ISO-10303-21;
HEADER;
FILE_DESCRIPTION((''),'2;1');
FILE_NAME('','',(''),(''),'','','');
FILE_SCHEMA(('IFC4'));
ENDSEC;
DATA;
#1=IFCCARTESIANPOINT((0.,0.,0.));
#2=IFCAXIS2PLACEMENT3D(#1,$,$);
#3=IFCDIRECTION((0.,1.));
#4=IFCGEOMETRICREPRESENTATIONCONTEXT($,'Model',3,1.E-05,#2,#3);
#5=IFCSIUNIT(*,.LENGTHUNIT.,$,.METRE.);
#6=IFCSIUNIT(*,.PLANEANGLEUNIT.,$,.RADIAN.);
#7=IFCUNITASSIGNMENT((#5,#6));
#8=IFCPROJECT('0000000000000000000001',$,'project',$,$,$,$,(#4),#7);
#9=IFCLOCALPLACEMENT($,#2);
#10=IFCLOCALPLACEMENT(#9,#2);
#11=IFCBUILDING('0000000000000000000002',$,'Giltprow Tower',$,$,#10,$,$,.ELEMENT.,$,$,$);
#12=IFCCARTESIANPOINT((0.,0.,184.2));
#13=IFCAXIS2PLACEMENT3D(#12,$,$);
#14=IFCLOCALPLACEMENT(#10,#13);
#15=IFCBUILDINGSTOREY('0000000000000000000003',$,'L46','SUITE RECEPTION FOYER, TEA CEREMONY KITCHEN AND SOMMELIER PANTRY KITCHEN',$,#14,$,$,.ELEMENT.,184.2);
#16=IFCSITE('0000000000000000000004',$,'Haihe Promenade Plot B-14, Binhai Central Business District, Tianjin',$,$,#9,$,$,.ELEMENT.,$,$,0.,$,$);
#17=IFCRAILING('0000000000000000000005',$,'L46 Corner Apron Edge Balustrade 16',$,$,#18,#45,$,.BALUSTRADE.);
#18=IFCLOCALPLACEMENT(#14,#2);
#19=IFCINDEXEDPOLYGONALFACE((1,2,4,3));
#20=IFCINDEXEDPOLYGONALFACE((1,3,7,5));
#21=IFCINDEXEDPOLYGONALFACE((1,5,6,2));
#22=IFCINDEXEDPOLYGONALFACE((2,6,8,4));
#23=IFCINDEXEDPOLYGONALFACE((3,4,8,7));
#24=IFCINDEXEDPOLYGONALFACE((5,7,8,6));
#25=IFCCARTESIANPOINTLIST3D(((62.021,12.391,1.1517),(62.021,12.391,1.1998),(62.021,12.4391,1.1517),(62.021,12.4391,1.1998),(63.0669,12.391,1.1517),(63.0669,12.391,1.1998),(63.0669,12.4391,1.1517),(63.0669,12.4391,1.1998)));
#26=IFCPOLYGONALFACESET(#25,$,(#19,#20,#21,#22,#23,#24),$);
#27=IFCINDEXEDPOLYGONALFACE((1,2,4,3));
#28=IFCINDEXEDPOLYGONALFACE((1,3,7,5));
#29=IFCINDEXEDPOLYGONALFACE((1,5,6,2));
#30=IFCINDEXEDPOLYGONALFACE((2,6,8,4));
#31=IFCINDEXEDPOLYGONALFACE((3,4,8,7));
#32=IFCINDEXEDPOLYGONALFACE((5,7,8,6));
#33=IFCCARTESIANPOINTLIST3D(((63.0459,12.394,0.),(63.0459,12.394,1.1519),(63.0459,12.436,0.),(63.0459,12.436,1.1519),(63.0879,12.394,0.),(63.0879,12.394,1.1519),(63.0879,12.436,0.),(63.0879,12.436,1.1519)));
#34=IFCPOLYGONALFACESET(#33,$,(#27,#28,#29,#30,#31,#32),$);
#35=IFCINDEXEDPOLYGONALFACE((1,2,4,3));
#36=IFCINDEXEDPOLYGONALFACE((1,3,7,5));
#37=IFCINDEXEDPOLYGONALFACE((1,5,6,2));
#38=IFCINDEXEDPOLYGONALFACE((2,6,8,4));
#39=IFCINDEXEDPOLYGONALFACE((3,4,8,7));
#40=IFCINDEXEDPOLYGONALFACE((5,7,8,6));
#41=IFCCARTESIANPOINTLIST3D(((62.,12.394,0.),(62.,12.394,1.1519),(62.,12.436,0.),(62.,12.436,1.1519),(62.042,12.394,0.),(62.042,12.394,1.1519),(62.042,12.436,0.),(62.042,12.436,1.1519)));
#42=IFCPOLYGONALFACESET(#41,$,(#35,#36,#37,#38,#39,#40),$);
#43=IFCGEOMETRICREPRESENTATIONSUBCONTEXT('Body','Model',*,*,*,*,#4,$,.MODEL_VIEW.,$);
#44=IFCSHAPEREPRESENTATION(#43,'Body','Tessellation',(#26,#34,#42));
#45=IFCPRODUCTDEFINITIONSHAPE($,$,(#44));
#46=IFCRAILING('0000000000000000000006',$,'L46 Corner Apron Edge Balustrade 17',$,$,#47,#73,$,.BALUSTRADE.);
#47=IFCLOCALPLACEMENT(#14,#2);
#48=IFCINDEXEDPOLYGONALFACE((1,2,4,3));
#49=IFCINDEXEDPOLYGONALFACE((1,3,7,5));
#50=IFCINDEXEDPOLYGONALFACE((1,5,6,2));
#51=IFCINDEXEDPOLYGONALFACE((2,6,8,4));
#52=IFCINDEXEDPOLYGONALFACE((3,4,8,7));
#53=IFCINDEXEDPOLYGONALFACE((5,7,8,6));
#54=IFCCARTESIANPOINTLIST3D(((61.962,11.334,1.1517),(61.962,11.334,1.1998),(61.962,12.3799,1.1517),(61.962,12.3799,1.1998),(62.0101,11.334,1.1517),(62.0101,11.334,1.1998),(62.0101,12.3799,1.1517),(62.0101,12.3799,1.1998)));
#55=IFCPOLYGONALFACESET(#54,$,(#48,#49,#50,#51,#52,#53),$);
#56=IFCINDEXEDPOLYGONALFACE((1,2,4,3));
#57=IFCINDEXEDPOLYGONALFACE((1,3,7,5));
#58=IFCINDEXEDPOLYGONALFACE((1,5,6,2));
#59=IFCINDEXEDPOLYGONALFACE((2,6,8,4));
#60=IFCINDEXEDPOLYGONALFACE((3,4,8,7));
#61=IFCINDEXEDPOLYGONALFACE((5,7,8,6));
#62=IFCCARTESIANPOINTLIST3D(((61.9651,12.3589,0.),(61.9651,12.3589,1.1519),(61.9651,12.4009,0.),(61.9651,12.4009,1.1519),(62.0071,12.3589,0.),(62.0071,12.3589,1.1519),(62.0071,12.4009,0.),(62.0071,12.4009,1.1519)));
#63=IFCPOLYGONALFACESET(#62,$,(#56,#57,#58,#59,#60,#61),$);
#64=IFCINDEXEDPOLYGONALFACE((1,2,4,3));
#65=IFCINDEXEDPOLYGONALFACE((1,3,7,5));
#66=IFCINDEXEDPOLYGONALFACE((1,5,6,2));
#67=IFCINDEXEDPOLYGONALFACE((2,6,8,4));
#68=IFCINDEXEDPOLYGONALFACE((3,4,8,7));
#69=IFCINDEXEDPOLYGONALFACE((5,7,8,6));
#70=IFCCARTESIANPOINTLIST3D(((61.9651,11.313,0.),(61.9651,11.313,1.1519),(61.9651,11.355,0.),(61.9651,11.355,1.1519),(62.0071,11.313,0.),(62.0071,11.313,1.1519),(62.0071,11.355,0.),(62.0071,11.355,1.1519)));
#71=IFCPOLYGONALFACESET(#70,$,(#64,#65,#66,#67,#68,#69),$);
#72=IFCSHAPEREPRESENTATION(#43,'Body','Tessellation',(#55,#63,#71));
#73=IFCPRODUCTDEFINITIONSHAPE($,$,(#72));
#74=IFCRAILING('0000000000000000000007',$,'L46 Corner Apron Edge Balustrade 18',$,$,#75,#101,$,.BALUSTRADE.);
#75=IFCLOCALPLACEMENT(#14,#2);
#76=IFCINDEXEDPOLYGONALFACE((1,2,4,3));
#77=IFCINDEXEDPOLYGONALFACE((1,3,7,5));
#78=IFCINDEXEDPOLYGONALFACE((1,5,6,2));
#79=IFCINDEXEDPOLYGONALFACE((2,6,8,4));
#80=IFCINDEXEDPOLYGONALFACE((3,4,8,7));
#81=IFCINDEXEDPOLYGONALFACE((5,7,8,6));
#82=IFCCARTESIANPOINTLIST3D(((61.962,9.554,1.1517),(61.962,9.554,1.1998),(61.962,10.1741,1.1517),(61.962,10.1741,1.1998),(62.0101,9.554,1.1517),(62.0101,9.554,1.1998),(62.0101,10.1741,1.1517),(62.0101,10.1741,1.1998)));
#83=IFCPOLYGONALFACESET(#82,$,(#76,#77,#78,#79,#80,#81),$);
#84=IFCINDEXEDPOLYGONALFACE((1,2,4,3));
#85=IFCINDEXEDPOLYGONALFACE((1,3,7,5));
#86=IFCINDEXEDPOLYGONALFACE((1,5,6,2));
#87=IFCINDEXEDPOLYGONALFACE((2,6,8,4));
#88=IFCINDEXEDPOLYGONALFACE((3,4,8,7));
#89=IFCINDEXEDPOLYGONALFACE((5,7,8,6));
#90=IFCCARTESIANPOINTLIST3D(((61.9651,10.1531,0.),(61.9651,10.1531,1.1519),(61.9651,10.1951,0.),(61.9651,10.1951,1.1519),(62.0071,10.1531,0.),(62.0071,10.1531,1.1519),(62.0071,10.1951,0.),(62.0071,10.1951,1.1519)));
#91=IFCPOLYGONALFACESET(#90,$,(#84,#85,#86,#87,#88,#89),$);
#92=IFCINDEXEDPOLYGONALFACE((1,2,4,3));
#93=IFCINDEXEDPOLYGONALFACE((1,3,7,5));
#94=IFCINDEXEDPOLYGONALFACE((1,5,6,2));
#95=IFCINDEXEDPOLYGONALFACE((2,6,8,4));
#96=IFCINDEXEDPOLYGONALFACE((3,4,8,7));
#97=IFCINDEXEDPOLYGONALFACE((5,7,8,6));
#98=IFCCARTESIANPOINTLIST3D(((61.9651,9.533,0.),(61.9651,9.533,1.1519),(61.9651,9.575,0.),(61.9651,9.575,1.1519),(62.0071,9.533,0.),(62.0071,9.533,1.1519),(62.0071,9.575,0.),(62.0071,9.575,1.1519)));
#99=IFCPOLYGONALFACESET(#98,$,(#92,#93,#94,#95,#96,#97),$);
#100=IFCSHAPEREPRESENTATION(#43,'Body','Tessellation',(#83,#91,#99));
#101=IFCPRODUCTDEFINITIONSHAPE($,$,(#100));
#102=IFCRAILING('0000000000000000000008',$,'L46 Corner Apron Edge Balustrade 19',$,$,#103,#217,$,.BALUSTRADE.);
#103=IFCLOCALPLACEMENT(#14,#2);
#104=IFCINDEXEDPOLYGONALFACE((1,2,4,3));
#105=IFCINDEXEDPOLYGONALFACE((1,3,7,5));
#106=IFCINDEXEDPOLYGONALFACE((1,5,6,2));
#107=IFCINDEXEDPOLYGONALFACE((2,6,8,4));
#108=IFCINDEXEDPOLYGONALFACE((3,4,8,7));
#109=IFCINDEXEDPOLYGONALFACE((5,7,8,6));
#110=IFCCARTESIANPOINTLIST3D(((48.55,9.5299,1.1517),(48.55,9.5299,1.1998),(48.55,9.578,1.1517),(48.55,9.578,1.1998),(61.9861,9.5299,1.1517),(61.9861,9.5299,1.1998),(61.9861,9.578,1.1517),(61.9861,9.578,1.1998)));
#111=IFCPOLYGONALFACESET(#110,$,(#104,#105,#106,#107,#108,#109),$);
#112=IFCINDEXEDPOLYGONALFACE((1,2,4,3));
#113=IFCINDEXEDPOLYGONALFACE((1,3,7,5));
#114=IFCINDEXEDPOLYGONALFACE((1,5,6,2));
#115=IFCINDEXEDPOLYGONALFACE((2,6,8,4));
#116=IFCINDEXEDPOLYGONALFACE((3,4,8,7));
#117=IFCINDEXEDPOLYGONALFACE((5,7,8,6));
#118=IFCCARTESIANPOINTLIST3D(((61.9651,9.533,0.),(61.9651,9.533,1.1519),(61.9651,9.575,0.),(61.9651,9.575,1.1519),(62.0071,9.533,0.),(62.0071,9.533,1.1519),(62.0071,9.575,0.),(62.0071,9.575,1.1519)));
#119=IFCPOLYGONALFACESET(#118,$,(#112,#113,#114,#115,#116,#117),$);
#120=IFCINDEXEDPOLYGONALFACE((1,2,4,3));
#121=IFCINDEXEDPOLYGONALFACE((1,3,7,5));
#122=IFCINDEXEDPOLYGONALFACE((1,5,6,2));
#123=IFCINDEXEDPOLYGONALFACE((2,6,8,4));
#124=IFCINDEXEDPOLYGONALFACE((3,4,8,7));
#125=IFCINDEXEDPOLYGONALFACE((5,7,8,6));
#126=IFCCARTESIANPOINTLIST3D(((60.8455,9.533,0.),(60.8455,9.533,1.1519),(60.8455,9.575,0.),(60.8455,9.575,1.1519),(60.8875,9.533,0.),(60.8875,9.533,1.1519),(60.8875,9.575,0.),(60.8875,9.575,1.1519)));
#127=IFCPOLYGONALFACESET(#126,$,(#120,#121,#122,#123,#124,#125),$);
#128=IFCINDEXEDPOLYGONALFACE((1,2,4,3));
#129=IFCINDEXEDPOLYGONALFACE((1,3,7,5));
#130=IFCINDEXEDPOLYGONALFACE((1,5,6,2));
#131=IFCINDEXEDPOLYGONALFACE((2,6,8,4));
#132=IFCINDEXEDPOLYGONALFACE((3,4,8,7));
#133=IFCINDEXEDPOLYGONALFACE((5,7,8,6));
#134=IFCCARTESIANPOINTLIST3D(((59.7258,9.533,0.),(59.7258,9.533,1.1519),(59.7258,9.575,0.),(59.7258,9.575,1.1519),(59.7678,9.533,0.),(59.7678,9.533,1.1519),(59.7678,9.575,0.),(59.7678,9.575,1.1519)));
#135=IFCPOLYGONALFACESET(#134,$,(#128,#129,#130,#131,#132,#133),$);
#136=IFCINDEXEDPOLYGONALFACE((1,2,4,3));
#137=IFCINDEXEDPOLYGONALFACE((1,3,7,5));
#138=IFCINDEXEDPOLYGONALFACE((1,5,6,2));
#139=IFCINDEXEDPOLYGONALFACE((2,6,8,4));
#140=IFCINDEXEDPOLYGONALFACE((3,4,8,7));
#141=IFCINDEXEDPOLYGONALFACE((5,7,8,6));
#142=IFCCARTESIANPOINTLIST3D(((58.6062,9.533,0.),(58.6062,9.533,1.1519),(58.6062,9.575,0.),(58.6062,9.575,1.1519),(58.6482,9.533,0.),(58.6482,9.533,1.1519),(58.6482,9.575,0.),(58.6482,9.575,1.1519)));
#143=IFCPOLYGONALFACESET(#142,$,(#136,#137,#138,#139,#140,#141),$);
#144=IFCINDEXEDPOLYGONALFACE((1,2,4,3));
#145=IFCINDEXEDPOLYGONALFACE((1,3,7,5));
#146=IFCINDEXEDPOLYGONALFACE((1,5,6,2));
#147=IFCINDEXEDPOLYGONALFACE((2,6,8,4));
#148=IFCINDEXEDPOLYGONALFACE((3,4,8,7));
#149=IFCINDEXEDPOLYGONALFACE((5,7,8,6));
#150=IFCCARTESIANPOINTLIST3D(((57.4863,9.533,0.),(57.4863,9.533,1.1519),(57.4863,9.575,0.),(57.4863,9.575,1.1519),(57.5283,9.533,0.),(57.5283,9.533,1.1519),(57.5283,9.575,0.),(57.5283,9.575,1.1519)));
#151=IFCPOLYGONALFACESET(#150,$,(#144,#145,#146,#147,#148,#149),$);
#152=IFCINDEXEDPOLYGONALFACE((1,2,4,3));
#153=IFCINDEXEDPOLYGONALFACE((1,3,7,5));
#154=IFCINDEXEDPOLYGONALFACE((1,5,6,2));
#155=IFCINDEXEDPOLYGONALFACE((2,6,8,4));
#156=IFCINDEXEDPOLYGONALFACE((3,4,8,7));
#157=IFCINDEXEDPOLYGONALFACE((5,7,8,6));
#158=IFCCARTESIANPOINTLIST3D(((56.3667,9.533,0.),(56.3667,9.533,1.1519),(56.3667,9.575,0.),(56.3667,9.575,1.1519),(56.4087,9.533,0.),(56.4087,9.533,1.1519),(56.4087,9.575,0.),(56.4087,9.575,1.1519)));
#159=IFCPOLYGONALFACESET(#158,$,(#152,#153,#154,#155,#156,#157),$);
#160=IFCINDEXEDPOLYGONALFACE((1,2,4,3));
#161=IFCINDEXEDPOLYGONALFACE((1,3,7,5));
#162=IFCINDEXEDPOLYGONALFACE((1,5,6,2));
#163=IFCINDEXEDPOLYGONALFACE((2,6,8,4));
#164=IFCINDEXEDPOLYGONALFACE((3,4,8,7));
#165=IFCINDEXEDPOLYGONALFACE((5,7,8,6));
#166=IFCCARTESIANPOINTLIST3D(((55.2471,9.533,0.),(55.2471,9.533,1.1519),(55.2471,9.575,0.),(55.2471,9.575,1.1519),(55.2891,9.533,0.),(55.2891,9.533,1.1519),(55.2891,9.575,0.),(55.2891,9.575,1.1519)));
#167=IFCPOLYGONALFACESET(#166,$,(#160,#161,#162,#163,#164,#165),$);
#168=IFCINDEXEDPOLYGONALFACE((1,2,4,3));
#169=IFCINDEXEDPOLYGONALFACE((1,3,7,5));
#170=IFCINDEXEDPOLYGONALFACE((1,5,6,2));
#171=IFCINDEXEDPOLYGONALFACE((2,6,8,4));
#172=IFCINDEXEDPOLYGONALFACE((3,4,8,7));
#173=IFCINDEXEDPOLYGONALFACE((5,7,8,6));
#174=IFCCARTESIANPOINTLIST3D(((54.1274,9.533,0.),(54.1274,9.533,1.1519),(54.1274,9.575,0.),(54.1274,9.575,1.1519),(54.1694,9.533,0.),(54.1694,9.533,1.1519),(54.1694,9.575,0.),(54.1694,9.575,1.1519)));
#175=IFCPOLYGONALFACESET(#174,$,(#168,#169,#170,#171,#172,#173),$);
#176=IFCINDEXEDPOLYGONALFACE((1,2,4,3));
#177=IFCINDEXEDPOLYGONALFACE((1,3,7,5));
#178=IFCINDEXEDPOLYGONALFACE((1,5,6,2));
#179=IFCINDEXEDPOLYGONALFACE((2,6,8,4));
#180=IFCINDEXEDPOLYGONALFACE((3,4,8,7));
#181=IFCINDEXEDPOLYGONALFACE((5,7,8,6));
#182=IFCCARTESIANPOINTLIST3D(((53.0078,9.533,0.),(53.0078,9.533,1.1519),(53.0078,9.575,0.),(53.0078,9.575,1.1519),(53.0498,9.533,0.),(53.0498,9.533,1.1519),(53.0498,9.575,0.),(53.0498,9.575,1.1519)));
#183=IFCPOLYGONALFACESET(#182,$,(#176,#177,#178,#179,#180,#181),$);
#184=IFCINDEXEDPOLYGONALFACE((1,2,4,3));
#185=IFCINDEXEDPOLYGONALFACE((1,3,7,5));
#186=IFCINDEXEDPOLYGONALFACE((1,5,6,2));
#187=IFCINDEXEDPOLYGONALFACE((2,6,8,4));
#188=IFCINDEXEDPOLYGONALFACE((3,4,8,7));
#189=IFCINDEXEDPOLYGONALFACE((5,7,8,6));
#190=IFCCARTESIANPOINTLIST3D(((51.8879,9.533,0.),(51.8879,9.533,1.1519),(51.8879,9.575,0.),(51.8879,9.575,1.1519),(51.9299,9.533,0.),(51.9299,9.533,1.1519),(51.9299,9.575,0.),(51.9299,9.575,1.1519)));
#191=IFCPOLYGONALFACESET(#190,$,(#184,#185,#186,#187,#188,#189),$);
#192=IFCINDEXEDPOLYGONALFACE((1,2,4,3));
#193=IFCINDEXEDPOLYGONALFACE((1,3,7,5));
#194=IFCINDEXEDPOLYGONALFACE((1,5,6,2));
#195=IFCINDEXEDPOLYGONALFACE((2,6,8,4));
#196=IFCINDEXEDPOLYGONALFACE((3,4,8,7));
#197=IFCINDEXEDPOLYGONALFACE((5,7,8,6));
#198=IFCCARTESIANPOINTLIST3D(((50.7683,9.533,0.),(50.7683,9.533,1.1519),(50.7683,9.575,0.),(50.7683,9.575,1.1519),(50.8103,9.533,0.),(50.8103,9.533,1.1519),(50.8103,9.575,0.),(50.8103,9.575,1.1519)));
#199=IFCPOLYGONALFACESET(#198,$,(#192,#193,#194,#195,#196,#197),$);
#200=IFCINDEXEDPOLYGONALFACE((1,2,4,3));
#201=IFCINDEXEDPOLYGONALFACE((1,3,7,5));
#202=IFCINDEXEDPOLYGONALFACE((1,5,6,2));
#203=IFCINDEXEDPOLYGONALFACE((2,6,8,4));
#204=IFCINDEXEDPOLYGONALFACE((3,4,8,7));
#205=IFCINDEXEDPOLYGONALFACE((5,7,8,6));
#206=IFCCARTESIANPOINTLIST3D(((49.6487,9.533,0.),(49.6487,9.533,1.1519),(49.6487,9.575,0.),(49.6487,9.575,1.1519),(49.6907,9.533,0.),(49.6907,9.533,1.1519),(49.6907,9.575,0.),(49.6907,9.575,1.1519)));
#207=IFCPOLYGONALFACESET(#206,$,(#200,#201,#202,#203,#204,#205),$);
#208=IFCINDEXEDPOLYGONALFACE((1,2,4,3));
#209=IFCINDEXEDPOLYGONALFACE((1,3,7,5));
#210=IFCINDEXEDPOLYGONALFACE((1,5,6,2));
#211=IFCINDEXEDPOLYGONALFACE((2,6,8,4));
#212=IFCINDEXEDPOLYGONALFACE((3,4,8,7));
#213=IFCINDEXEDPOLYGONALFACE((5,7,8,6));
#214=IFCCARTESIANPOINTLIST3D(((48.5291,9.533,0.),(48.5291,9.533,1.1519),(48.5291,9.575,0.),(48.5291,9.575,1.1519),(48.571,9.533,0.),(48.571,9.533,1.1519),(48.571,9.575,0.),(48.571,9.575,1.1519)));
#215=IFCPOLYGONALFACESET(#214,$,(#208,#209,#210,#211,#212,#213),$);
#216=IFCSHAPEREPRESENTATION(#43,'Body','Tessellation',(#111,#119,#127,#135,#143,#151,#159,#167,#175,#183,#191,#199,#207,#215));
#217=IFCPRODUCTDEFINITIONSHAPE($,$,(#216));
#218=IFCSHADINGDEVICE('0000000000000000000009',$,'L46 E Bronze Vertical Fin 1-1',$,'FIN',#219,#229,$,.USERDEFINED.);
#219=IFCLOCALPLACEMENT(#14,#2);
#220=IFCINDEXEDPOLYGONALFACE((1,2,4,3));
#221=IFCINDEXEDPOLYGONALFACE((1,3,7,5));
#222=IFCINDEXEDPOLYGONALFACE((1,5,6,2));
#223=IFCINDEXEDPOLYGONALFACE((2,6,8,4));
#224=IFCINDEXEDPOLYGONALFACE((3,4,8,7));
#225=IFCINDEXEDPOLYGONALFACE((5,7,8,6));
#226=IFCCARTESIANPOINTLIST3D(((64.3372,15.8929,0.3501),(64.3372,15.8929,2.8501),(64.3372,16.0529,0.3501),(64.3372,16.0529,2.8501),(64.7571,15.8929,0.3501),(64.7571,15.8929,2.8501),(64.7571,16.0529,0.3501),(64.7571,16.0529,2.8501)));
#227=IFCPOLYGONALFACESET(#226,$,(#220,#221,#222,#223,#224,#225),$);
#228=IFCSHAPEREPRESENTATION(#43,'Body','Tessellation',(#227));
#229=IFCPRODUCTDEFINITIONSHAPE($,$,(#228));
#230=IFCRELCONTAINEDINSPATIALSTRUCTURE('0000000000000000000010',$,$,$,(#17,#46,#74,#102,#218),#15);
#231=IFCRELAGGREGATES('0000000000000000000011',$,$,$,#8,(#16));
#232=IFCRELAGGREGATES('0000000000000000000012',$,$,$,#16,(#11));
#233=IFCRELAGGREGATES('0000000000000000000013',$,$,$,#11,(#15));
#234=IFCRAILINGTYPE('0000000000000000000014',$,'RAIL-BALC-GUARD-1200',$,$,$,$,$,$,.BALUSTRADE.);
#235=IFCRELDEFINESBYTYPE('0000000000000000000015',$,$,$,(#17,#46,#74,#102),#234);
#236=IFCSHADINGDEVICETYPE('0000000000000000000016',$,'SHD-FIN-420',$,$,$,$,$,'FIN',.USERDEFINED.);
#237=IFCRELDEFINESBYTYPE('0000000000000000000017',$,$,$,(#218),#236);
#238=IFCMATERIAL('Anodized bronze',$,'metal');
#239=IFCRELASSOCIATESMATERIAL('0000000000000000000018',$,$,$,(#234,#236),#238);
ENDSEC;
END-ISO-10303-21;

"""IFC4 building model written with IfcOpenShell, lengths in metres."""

from ifc_helpers import new_model, si_unit, direction, frame, origin, origin_2d, place, context, subcontext, project, spatial, rectangle, extrude, source, transform, mapped, material, type_object, element, save


model = new_model("IFC4")

# Units and contexts
model_context = context("Model", 3, precision=1e-05, world=origin(), true_north=direction((0.0, 1.0)))
body_context = subcontext(model_context, "Body", "Model", "MODEL_VIEW")
ifc_project = project(units=[si_unit("LENGTHUNIT", "METRE"), si_unit("PLANEANGLEUNIT", "RADIAN")], contexts=[model_context])

# Site, building, storey
site_placement = place(None, origin())
site = spatial("IfcSite", under=ifc_project, at=site_placement, Name="Haihe Promenade Plot B-14, Binhai Central Business District, Tianjin", CompositionType="ELEMENT", RefElevation=0.0)
building_placement = place(site_placement, origin())
building = spatial("IfcBuilding", under=site, at=building_placement, Name="Giltprow Tower", CompositionType="ELEMENT")
storey_placement = place(building_placement, frame((0.0, 0.0, 184.2)))
storey = spatial("IfcBuildingStorey", under=building, at=storey_placement, Name="L46", Description="SUITE RECEPTION FOYER, TEA CEREMONY KITCHEN AND SOMMELIER PANTRY KITCHEN", CompositionType="ELEMENT", Elevation=184.2)

# Shared definitions
ifc_material_1 = material(Name="Anodized bronze", Category="metal")

# Railings
railing_type = type_object("IfcRailingType", Name="RAIL-BALC-GUARD-1200", PredefinedType="BALUSTRADE", material=ifc_material_1)
railing_1_placement = place(storey_placement, frame((63.0669, 12.415, 0.0)))
element("IfcRailing", 1, at=railing_1_placement, inside=storey, type_object=railing_type, Name="L46 Corner Apron Edge Balustrade 16", PredefinedType="BALUSTRADE", context=body_context, shape_type="SweptSolid", body=[
    extrude(rectangle(XDim=0.0481, YDim=0.0481, at=origin_2d()), frame((0.0, 0.0, 1.1758), z_axis=(-1.0, 0.0, 0.0), x_axis=(0.0, -1.0, 0.0)), (0.0, 0.0, 1.0), 1.0459),
    extrude(rectangle(XDim=0.042, YDim=0.042, at=origin_2d()), origin(), (0.0, 0.0, 1.0), 1.1519),
    extrude(rectangle(XDim=0.042, YDim=0.042, at=origin_2d()), frame((-1.0459, 0.0, 0.0)), (0.0, 0.0, 1.0), 1.1519),
])
railing_2_placement = place(storey_placement, frame((61.9861, 12.3799, 0.0)))
element("IfcRailing", 2, at=railing_2_placement, inside=storey, type_object=railing_type, Name="L46 Corner Apron Edge Balustrade 17", PredefinedType="BALUSTRADE", context=body_context, shape_type="SweptSolid", body=[
    extrude(rectangle(XDim=0.0481, YDim=0.0481, at=origin_2d()), frame((0.0, 0.0, 1.1758), z_axis=(0.0, -1.0, 0.0), x_axis=(1.0, 0.0, 0.0)), (0.0, 0.0, 1.0), 1.0459),
    extrude(rectangle(XDim=0.042, YDim=0.042, at=origin_2d()), origin(), (0.0, 0.0, 1.0), 1.1519),
    extrude(rectangle(XDim=0.042, YDim=0.042, at=origin_2d()), frame((0.0, -1.0459, 0.0)), (0.0, 0.0, 1.0), 1.1519),
])
railing_3_placement = place(storey_placement, frame((61.9861, 10.1741, 0.0)))
element("IfcRailing", 3, at=railing_3_placement, inside=storey, type_object=railing_type, Name="L46 Corner Apron Edge Balustrade 18", PredefinedType="BALUSTRADE", context=body_context, shape_type="SweptSolid", body=[
    extrude(rectangle(XDim=0.0481, YDim=0.0481, at=origin_2d()), frame((0.0, 0.0, 1.1758), z_axis=(0.0, -1.0, 0.0), x_axis=(1.0, 0.0, 0.0)), (0.0, 0.0, 1.0), 0.6201),
    extrude(rectangle(XDim=0.042, YDim=0.042, at=origin_2d()), origin(), (0.0, 0.0, 1.0), 1.1519),
    extrude(rectangle(XDim=0.042, YDim=0.042, at=origin_2d()), frame((0.0, -0.6201, 0.0)), (0.0, 0.0, 1.0), 1.1519),
])
railing_4_placement = place(storey_placement, frame((61.9861, 9.554, 0.0)))
element("IfcRailing", 4, at=railing_4_placement, inside=storey, type_object=railing_type, Name="L46 Corner Apron Edge Balustrade 19", PredefinedType="BALUSTRADE", context=body_context, shape_type="SweptSolid", body=[
    extrude(rectangle(XDim=0.0481, YDim=0.0481, at=origin_2d()), frame((0.0, 0.0, 1.1758), z_axis=(-1.0, 0.0, 0.0), x_axis=(0.0, -1.0, 0.0)), (0.0, 0.0, 1.0), 13.436),
    extrude(rectangle(XDim=0.042, YDim=0.042, at=origin_2d()), origin(), (0.0, 0.0, 1.0), 1.1519),
    extrude(rectangle(XDim=0.042, YDim=0.042, at=origin_2d()), frame((-1.1196, 0.0, 0.0)), (0.0, 0.0, 1.0), 1.1519),
    extrude(rectangle(XDim=0.042, YDim=0.042, at=origin_2d()), frame((-2.2393, 0.0, 0.0)), (0.0, 0.0, 1.0), 1.1519),
    extrude(rectangle(XDim=0.042, YDim=0.042, at=origin_2d()), frame((-3.3589, 0.0, 0.0)), (0.0, 0.0, 1.0), 1.1519),
    extrude(rectangle(XDim=0.042, YDim=0.042, at=origin_2d()), frame((-4.4788, 0.0, 0.0)), (0.0, 0.0, 1.0), 1.1519),
    extrude(rectangle(XDim=0.042, YDim=0.042, at=origin_2d()), frame((-5.5984, 0.0, 0.0)), (0.0, 0.0, 1.0), 1.1519),
    extrude(rectangle(XDim=0.042, YDim=0.042, at=origin_2d()), frame((-6.718, 0.0, 0.0)), (0.0, 0.0, 1.0), 1.1519),
    extrude(rectangle(XDim=0.042, YDim=0.042, at=origin_2d()), frame((-7.8376, 0.0, 0.0)), (0.0, 0.0, 1.0), 1.1519),
    extrude(rectangle(XDim=0.042, YDim=0.042, at=origin_2d()), frame((-8.9573, 0.0, 0.0)), (0.0, 0.0, 1.0), 1.1519),
    extrude(rectangle(XDim=0.042, YDim=0.042, at=origin_2d()), frame((-10.0771, 0.0, 0.0)), (0.0, 0.0, 1.0), 1.1519),
    extrude(rectangle(XDim=0.042, YDim=0.042, at=origin_2d()), frame((-11.1968, 0.0, 0.0)), (0.0, 0.0, 1.0), 1.1519),
    extrude(rectangle(XDim=0.042, YDim=0.042, at=origin_2d()), frame((-12.3164, 0.0, 0.0)), (0.0, 0.0, 1.0), 1.1519),
    extrude(rectangle(XDim=0.042, YDim=0.042, at=origin_2d()), frame((-13.436, 0.0, 0.0)), (0.0, 0.0, 1.0), 1.1519),
])

# Shading device
shading_device_type = type_object("IfcShadingDeviceType", Name="SHD-FIN-420", ElementType="FIN", PredefinedType="USERDEFINED", material=ifc_material_1)
shared_shape_1 = source(origin(), body_context, "Body", "SweptSolid", [
    extrude(rectangle(XDim=0.4199, YDim=0.1599, at=origin_2d()), origin(), (0.0, 0.0, 1.0), 2.5),
])
shading_device_placement = place(storey_placement, frame((64.5471, 15.9729, 0.3501), z_axis=(0.0, 0.0, 1.0), x_axis=(1.0, 0.0, 0.0)))
element("IfcShadingDevice", 5, at=shading_device_placement, inside=storey, type_object=shading_device_type, Name="L46 E Bronze Vertical Fin 1-1", ObjectType="FIN", PredefinedType="USERDEFINED", context=body_context, shape_type="MappedRepresentation", body=[
    mapped(shared_shape_1, transform((0.0, 0.0, 0.0), x_axis=(1.0, 0.0, 0.0), y_axis=(0.0, 1.0, 0.0), z_axis=(0.0, 0.0, 1.0), scale=1.0)),
])

save(model, "model.ifc")
